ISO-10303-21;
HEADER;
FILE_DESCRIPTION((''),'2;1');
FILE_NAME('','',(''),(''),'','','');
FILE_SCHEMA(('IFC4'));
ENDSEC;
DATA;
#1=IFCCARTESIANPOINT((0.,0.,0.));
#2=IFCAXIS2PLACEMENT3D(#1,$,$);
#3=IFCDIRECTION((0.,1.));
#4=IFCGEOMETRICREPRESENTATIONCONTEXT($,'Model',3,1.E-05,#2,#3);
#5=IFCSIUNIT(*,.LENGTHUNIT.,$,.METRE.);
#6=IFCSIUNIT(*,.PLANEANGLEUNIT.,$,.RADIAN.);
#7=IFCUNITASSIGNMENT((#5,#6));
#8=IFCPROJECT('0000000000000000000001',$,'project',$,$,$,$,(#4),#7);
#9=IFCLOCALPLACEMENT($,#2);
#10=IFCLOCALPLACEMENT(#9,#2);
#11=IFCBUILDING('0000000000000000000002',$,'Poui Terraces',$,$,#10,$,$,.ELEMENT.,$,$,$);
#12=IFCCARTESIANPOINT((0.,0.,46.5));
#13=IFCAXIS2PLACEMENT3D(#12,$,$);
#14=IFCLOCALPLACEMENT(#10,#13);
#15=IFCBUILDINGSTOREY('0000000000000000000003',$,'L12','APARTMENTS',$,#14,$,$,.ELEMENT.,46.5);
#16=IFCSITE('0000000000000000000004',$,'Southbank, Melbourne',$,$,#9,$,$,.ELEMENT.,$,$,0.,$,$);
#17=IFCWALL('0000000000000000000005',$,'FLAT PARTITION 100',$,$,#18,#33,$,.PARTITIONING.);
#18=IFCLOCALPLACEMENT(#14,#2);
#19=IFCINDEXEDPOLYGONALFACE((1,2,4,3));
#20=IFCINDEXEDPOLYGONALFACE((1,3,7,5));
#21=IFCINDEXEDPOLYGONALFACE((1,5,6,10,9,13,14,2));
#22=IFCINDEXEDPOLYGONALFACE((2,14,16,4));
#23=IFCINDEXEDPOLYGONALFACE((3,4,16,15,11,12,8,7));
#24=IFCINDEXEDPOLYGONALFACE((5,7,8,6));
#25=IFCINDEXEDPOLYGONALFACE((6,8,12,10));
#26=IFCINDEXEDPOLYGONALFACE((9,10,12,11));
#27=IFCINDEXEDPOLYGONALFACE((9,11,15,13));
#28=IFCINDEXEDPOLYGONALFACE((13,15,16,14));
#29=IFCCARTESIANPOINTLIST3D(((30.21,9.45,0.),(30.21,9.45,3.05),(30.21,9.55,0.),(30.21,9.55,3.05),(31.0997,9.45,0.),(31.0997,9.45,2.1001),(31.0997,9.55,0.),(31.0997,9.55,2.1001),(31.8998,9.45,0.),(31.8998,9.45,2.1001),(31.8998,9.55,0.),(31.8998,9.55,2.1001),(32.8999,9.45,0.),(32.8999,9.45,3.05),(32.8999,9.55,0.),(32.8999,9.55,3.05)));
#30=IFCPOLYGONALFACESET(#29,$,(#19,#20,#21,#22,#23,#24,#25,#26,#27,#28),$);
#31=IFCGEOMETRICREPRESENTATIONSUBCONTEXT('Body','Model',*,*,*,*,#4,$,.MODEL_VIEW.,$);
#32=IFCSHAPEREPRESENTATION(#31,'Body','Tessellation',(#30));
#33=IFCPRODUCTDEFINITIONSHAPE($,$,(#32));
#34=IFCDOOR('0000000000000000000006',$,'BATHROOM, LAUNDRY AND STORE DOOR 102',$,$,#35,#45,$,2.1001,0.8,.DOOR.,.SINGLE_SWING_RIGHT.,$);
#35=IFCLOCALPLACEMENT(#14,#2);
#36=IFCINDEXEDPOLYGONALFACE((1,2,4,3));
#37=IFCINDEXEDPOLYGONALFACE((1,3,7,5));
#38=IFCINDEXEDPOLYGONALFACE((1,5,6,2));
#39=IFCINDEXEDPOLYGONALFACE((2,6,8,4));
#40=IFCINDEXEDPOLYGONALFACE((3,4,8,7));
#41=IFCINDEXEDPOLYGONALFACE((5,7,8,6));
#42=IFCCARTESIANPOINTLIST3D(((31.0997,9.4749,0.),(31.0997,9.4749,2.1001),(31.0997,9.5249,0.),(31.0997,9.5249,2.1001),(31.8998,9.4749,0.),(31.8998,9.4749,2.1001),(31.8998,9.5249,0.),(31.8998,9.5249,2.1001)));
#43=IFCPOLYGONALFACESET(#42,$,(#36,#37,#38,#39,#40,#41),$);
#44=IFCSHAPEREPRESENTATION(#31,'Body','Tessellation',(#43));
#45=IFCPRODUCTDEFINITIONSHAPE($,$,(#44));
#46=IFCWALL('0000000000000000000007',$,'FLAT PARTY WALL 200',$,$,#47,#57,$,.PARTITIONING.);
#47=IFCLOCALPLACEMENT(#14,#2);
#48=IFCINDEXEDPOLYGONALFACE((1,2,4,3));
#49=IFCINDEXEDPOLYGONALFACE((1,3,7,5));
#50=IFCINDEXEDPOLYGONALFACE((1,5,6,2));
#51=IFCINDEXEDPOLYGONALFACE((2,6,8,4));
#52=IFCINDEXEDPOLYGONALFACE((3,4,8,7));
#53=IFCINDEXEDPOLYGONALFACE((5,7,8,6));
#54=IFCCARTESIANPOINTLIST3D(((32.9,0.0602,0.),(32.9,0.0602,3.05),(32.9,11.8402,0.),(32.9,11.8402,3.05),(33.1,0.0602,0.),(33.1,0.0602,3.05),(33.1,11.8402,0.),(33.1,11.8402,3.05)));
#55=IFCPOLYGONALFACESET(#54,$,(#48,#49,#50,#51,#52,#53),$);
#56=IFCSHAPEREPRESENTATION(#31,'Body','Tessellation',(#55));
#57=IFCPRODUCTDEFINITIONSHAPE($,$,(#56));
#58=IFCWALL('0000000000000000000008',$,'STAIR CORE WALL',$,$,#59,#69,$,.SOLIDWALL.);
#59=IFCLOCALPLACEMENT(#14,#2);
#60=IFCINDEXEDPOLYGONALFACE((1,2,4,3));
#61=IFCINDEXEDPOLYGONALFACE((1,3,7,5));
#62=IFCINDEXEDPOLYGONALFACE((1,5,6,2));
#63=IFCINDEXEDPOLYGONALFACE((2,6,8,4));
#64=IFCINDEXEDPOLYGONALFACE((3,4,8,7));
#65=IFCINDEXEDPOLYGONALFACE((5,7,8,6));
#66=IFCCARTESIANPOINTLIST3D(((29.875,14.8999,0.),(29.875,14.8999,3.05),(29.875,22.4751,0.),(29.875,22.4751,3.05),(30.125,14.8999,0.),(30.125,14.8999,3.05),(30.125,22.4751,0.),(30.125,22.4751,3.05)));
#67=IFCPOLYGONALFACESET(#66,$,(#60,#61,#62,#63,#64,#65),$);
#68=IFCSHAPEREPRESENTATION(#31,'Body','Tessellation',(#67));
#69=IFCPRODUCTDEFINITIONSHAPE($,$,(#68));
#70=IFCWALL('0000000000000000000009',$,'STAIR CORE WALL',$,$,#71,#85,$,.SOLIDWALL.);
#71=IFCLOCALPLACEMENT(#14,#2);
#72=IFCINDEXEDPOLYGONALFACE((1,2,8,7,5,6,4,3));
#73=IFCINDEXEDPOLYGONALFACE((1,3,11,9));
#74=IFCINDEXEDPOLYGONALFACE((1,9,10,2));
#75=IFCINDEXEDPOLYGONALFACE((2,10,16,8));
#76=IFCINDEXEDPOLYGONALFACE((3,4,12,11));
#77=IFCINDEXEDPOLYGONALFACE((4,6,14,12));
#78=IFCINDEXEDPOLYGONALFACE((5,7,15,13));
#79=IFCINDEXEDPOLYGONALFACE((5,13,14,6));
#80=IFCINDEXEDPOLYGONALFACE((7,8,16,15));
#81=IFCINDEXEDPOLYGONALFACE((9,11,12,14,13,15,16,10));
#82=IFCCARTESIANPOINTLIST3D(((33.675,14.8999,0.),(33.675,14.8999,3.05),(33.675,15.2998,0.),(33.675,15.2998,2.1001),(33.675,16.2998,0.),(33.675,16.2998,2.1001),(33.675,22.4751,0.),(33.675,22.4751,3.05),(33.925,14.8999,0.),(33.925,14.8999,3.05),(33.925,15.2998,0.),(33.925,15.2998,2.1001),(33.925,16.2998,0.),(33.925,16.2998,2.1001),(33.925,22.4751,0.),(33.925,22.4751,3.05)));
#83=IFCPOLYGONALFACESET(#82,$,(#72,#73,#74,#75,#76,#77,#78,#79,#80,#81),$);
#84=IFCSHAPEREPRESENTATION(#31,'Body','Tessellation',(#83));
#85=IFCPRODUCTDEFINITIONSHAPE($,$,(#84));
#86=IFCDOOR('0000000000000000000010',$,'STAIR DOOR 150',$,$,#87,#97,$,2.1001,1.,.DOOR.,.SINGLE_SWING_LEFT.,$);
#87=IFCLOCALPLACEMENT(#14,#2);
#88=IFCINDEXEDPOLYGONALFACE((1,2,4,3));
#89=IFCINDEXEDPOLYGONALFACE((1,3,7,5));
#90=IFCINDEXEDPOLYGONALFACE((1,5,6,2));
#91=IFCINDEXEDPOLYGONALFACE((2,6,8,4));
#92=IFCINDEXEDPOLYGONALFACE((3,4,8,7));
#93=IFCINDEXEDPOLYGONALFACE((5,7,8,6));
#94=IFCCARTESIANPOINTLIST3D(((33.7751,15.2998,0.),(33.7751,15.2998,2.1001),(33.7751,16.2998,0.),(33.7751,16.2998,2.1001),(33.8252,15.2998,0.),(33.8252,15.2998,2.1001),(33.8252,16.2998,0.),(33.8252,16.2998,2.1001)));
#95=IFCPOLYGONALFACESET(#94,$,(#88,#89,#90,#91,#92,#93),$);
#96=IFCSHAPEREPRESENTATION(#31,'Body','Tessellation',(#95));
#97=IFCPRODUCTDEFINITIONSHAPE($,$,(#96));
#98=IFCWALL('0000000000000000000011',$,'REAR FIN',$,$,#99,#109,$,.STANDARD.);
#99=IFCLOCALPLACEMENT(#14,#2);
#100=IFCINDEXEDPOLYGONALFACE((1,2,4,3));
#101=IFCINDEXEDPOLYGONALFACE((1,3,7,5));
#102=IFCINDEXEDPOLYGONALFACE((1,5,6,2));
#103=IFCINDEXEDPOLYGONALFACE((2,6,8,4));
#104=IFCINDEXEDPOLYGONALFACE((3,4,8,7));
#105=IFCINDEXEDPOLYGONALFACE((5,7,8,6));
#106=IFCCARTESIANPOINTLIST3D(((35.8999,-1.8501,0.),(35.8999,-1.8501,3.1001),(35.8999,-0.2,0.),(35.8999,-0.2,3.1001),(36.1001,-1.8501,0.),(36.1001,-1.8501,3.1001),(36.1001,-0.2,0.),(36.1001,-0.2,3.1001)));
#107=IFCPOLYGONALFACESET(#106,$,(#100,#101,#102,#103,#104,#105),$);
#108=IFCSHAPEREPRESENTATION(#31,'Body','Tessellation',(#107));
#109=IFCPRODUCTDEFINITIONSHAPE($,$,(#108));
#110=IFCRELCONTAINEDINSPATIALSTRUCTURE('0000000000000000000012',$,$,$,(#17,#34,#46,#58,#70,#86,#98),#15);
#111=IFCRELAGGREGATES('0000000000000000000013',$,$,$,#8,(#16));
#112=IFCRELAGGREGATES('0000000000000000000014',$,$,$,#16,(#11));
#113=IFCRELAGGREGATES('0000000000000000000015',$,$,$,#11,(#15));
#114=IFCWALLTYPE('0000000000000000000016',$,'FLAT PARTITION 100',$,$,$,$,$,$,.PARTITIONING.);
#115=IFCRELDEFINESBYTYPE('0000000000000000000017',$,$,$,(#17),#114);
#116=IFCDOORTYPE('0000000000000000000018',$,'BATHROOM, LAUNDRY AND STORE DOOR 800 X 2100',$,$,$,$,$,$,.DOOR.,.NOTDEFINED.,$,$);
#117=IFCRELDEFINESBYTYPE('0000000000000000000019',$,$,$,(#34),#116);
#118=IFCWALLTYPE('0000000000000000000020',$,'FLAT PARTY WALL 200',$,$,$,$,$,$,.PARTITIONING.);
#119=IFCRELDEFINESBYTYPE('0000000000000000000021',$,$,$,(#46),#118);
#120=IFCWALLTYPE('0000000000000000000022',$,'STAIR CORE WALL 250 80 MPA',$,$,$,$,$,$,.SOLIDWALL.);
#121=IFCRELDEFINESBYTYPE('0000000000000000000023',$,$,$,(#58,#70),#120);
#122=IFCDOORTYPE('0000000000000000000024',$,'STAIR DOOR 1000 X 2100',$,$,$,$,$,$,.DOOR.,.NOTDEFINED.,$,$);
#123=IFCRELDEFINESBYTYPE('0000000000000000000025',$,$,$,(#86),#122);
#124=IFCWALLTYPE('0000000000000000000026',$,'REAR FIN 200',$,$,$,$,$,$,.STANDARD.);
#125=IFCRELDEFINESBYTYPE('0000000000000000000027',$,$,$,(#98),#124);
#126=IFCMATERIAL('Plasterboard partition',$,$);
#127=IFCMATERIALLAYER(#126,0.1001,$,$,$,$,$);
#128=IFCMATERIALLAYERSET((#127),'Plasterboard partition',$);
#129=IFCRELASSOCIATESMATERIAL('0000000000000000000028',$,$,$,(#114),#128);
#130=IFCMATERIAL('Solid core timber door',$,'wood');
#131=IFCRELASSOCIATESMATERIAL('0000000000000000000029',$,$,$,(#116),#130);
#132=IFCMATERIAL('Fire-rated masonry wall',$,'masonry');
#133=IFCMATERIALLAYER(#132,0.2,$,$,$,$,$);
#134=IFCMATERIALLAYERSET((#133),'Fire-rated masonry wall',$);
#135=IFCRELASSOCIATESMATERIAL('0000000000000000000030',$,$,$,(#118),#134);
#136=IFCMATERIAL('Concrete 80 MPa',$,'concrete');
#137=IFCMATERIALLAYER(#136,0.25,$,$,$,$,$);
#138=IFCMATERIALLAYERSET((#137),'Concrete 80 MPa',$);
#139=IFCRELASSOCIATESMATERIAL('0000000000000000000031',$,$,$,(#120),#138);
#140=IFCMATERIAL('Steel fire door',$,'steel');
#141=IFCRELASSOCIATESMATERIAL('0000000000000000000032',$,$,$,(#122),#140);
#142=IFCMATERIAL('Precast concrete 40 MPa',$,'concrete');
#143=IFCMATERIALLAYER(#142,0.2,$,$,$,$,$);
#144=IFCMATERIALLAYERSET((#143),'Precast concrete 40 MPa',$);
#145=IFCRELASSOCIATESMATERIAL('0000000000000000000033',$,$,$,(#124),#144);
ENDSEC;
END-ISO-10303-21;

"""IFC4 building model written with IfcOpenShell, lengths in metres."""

from ifc_helpers import new_model, si_unit, direction, frame, frame_2d, origin, place, context, subcontext, project, spatial, polyline, rectangle, outline, extrude, source, transform, mapped, material, layer, layer_set, type_object, element, fill, save


model = new_model("IFC4")

# Units and contexts
model_context = context("Model", 3, precision=1e-05, world=origin(), true_north=direction((0.0, 1.0)))
body_context = subcontext(model_context, "Body", "Model", "MODEL_VIEW")
ifc_project = project(units=[si_unit("LENGTHUNIT", "METRE"), si_unit("PLANEANGLEUNIT", "RADIAN")], contexts=[model_context])

# Site, building, storey
site_placement = place(None, origin())
site = spatial("IfcSite", under=ifc_project, at=site_placement, Name="Southbank, Melbourne", CompositionType="ELEMENT", RefElevation=0.0)
building_placement = place(site_placement, origin())
building = spatial("IfcBuilding", under=site, at=building_placement, Name="Poui Terraces", CompositionType="ELEMENT")
storey_placement = place(building_placement, frame((0.0, 0.0, 46.5)))
storey = spatial("IfcBuildingStorey", under=building, at=storey_placement, Name="L12", Description="APARTMENTS", CompositionType="ELEMENT", Elevation=46.5)

# Shared definitions
ifc_material_1 = material(Name="Concrete 80 MPa", Category="concrete")

# Shared definitions
ifc_material_2 = material(Name="Precast concrete 40 MPa", Category="concrete")

# Wall, opening, door
ifc_material_3 = material(Name="Steel fire door", Category="steel")
ifc_material_4 = material(Name="Solid core timber door", Category="wood")
ifc_material_5 = material(Name="Plasterboard partition")
ifc_layer_1 = layer(ifc_material_5, 0.1001)
ifc_layer_set_1 = layer_set([ifc_layer_1], Name="Plasterboard partition")
wall_type_1 = type_object("IfcWallType", Name="FLAT PARTITION 100", PredefinedType="PARTITIONING", material=ifc_layer_set_1)
door_type_1 = type_object("IfcDoorType", Name="BATHROOM, LAUNDRY AND STORE DOOR 800 X 2100", OperationType="NOTDEFINED", PredefinedType="DOOR", material=ifc_material_4)
wall_1_placement = place(storey_placement, frame((30.21, 9.5, 0.0), z_axis=(0.0, 0.0, 1.0), x_axis=(1.0, 0.0, 0.0)))
wall_1 = element("IfcWall", 1, at=wall_1_placement, inside=storey, type_object=wall_type_1, Name="FLAT PARTITION 100", PredefinedType="PARTITIONING", context=body_context, shape_type="SweptSolid", body=[
    extrude(rectangle(XDim=2.6899, YDim=0.1001, at=frame_2d((1.345, 0.0))), origin(), (0.0, 0.0, 1.0), 3.05),
])
opening_1_placement = place(wall_1_placement, frame((0.8899, 0.0, 0.0)))
opening_1 = element("IfcOpeningElement", 2, at=opening_1_placement, cuts=wall_1, PredefinedType="OPENING", context=body_context, shape_type="SweptSolid", body=[
    extrude(rectangle(XDim=0.8, YDim=2.1001, at=frame_2d((0.3999, 1.05))), frame((0.0, 0.0601, 0.0), z_axis=(0.0, -1.0, 0.0), x_axis=(1.0, 0.0, 0.0)), (0.0, 0.0, 1.0), 0.1201),
])
door_1_placement = place(opening_1_placement, origin())
door_1 = element("IfcDoor", 3, at=door_1_placement, inside=storey, type_object=door_type_1, Name="BATHROOM, LAUNDRY AND STORE DOOR 102", OperationType="SINGLE_SWING_RIGHT", OverallHeight=2.1001, OverallWidth=0.8, PredefinedType="DOOR", context=body_context, shape_type="SweptSolid", body=[
    extrude(rectangle(XDim=0.8, YDim=2.1001, at=frame_2d((0.3999, 1.05))), frame((0.0, 0.0249, 0.0), z_axis=(0.0, -1.0, 0.0), x_axis=(1.0, 0.0, 0.0)), (0.0, 0.0, 1.0), 0.05),
])
fill(opening_1, door_1)

# Walls
ifc_material_6 = material(Name="Fire-rated masonry wall", Category="masonry")
ifc_layer_2 = layer(ifc_material_6, 0.2)
ifc_layer_set_2 = layer_set([ifc_layer_2], Name="Fire-rated masonry wall")
wall_type_2 = type_object("IfcWallType", Name="FLAT PARTY WALL 200", PredefinedType="PARTITIONING", material=ifc_layer_set_2)
wall_2_placement = place(storey_placement, frame((33.0, 0.0601, 0.0), z_axis=(0.0, 0.0, 1.0), x_axis=(0.0, 1.0, 0.0)))
element("IfcWall", 4, at=wall_2_placement, inside=storey, type_object=wall_type_2, Name="FLAT PARTY WALL 200", PredefinedType="PARTITIONING", context=body_context, shape_type="SweptSolid", body=[
    extrude(rectangle(XDim=11.78, YDim=0.2, at=frame_2d((5.8901, 0.0))), origin(), (0.0, 0.0, 1.0), 3.05),
])
ifc_layer_3 = layer(ifc_material_1, 0.25)
ifc_layer_set_3 = layer_set([ifc_layer_3], Name="Concrete 80 MPa")
wall_type_3 = type_object("IfcWallType", Name="STAIR CORE WALL 250 80 MPA", PredefinedType="SOLIDWALL", material=ifc_layer_set_3)
wall_3_placement = place(storey_placement, frame((30.0, 14.8999, 0.0), z_axis=(0.0, 0.0, 1.0), x_axis=(0.0, 1.0, 0.0)))
element("IfcWall", 5, at=wall_3_placement, inside=storey, type_object=wall_type_3, Name="STAIR CORE WALL", PredefinedType="SOLIDWALL", context=body_context, shape_type="SweptSolid", body=[
    extrude(rectangle(XDim=7.5752, YDim=0.25, at=frame_2d((3.7876, 0.0))), origin(), (0.0, 0.0, 1.0), 3.05),
])

# Wall, opening, door
wall_4_placement = place(storey_placement, frame((33.8, 14.8999, 0.0), z_axis=(0.0, 0.0, 1.0), x_axis=(0.0, 1.0, 0.0)))
wall_4 = element("IfcWall", 6, at=wall_4_placement, inside=storey, type_object=wall_type_3, Name="STAIR CORE WALL", PredefinedType="SOLIDWALL", context=body_context, shape_type="SweptSolid", body=[
    extrude(rectangle(XDim=7.5752, YDim=0.25, at=frame_2d((3.7876, 0.0))), origin(), (0.0, 0.0, 1.0), 3.05),
])
opening_2_placement = place(wall_4_placement, frame((0.3999, 0.0, 0.0)))
opening_2 = element("IfcOpeningElement", 7, at=opening_2_placement, cuts=wall_4, PredefinedType="OPENING", context=body_context, shape_type="SweptSolid", body=[
    extrude(rectangle(XDim=1.0, YDim=2.1001, at=frame_2d((0.5, 1.05))), frame((0.0, 0.135, 0.0), z_axis=(0.0, -1.0, 0.0), x_axis=(1.0, 0.0, 0.0)), (0.0, 0.0, 1.0), 0.27),
])
door_type_2 = type_object("IfcDoorType", Name="STAIR DOOR 1000 X 2100", OperationType="NOTDEFINED", PredefinedType="DOOR", material=ifc_material_3)
door_2_placement = place(opening_2_placement, origin())
door_2 = element("IfcDoor", 8, at=door_2_placement, inside=storey, type_object=door_type_2, Name="STAIR DOOR 150", OperationType="SINGLE_SWING_LEFT", OverallHeight=2.1001, OverallWidth=1.0, PredefinedType="DOOR", context=body_context, shape_type="SweptSolid", body=[
    extrude(rectangle(XDim=1.0, YDim=2.1001, at=frame_2d((0.5, 1.05))), frame((0.0, 0.0249, 0.0), z_axis=(0.0, -1.0, 0.0), x_axis=(1.0, 0.0, 0.0)), (0.0, 0.0, 1.0), 0.05),
])
fill(opening_2, door_2)

# Wall
ifc_layer_4 = layer(ifc_material_2, 0.2)
ifc_layer_set_4 = layer_set([ifc_layer_4], Name="Precast concrete 40 MPa")
wall_type_4 = type_object("IfcWallType", Name="REAR FIN 200", PredefinedType="STANDARD", material=ifc_layer_set_4)
shared_shape_1 = source(origin(), body_context, "Body", "SweptSolid", [
    extrude(outline(polyline([(0.0, 0.0), (0.2002, 0.0), (0.2002, 1.6501), (0.0, 1.6501), (0.0, 0.0)])), origin(), (0.0, 0.0, 1.0), 3.1001),
])
wall_5_placement = place(storey_placement, frame((35.8999, -1.8501, 0.0)))
element("IfcWall", 9, at=wall_5_placement, inside=storey, type_object=wall_type_4, Name="REAR FIN", PredefinedType="STANDARD", context=body_context, shape_type="MappedRepresentation", body=[
    mapped(shared_shape_1, transform((0.0, 0.0, 0.0))),
])

save(model, "model.ifc")
